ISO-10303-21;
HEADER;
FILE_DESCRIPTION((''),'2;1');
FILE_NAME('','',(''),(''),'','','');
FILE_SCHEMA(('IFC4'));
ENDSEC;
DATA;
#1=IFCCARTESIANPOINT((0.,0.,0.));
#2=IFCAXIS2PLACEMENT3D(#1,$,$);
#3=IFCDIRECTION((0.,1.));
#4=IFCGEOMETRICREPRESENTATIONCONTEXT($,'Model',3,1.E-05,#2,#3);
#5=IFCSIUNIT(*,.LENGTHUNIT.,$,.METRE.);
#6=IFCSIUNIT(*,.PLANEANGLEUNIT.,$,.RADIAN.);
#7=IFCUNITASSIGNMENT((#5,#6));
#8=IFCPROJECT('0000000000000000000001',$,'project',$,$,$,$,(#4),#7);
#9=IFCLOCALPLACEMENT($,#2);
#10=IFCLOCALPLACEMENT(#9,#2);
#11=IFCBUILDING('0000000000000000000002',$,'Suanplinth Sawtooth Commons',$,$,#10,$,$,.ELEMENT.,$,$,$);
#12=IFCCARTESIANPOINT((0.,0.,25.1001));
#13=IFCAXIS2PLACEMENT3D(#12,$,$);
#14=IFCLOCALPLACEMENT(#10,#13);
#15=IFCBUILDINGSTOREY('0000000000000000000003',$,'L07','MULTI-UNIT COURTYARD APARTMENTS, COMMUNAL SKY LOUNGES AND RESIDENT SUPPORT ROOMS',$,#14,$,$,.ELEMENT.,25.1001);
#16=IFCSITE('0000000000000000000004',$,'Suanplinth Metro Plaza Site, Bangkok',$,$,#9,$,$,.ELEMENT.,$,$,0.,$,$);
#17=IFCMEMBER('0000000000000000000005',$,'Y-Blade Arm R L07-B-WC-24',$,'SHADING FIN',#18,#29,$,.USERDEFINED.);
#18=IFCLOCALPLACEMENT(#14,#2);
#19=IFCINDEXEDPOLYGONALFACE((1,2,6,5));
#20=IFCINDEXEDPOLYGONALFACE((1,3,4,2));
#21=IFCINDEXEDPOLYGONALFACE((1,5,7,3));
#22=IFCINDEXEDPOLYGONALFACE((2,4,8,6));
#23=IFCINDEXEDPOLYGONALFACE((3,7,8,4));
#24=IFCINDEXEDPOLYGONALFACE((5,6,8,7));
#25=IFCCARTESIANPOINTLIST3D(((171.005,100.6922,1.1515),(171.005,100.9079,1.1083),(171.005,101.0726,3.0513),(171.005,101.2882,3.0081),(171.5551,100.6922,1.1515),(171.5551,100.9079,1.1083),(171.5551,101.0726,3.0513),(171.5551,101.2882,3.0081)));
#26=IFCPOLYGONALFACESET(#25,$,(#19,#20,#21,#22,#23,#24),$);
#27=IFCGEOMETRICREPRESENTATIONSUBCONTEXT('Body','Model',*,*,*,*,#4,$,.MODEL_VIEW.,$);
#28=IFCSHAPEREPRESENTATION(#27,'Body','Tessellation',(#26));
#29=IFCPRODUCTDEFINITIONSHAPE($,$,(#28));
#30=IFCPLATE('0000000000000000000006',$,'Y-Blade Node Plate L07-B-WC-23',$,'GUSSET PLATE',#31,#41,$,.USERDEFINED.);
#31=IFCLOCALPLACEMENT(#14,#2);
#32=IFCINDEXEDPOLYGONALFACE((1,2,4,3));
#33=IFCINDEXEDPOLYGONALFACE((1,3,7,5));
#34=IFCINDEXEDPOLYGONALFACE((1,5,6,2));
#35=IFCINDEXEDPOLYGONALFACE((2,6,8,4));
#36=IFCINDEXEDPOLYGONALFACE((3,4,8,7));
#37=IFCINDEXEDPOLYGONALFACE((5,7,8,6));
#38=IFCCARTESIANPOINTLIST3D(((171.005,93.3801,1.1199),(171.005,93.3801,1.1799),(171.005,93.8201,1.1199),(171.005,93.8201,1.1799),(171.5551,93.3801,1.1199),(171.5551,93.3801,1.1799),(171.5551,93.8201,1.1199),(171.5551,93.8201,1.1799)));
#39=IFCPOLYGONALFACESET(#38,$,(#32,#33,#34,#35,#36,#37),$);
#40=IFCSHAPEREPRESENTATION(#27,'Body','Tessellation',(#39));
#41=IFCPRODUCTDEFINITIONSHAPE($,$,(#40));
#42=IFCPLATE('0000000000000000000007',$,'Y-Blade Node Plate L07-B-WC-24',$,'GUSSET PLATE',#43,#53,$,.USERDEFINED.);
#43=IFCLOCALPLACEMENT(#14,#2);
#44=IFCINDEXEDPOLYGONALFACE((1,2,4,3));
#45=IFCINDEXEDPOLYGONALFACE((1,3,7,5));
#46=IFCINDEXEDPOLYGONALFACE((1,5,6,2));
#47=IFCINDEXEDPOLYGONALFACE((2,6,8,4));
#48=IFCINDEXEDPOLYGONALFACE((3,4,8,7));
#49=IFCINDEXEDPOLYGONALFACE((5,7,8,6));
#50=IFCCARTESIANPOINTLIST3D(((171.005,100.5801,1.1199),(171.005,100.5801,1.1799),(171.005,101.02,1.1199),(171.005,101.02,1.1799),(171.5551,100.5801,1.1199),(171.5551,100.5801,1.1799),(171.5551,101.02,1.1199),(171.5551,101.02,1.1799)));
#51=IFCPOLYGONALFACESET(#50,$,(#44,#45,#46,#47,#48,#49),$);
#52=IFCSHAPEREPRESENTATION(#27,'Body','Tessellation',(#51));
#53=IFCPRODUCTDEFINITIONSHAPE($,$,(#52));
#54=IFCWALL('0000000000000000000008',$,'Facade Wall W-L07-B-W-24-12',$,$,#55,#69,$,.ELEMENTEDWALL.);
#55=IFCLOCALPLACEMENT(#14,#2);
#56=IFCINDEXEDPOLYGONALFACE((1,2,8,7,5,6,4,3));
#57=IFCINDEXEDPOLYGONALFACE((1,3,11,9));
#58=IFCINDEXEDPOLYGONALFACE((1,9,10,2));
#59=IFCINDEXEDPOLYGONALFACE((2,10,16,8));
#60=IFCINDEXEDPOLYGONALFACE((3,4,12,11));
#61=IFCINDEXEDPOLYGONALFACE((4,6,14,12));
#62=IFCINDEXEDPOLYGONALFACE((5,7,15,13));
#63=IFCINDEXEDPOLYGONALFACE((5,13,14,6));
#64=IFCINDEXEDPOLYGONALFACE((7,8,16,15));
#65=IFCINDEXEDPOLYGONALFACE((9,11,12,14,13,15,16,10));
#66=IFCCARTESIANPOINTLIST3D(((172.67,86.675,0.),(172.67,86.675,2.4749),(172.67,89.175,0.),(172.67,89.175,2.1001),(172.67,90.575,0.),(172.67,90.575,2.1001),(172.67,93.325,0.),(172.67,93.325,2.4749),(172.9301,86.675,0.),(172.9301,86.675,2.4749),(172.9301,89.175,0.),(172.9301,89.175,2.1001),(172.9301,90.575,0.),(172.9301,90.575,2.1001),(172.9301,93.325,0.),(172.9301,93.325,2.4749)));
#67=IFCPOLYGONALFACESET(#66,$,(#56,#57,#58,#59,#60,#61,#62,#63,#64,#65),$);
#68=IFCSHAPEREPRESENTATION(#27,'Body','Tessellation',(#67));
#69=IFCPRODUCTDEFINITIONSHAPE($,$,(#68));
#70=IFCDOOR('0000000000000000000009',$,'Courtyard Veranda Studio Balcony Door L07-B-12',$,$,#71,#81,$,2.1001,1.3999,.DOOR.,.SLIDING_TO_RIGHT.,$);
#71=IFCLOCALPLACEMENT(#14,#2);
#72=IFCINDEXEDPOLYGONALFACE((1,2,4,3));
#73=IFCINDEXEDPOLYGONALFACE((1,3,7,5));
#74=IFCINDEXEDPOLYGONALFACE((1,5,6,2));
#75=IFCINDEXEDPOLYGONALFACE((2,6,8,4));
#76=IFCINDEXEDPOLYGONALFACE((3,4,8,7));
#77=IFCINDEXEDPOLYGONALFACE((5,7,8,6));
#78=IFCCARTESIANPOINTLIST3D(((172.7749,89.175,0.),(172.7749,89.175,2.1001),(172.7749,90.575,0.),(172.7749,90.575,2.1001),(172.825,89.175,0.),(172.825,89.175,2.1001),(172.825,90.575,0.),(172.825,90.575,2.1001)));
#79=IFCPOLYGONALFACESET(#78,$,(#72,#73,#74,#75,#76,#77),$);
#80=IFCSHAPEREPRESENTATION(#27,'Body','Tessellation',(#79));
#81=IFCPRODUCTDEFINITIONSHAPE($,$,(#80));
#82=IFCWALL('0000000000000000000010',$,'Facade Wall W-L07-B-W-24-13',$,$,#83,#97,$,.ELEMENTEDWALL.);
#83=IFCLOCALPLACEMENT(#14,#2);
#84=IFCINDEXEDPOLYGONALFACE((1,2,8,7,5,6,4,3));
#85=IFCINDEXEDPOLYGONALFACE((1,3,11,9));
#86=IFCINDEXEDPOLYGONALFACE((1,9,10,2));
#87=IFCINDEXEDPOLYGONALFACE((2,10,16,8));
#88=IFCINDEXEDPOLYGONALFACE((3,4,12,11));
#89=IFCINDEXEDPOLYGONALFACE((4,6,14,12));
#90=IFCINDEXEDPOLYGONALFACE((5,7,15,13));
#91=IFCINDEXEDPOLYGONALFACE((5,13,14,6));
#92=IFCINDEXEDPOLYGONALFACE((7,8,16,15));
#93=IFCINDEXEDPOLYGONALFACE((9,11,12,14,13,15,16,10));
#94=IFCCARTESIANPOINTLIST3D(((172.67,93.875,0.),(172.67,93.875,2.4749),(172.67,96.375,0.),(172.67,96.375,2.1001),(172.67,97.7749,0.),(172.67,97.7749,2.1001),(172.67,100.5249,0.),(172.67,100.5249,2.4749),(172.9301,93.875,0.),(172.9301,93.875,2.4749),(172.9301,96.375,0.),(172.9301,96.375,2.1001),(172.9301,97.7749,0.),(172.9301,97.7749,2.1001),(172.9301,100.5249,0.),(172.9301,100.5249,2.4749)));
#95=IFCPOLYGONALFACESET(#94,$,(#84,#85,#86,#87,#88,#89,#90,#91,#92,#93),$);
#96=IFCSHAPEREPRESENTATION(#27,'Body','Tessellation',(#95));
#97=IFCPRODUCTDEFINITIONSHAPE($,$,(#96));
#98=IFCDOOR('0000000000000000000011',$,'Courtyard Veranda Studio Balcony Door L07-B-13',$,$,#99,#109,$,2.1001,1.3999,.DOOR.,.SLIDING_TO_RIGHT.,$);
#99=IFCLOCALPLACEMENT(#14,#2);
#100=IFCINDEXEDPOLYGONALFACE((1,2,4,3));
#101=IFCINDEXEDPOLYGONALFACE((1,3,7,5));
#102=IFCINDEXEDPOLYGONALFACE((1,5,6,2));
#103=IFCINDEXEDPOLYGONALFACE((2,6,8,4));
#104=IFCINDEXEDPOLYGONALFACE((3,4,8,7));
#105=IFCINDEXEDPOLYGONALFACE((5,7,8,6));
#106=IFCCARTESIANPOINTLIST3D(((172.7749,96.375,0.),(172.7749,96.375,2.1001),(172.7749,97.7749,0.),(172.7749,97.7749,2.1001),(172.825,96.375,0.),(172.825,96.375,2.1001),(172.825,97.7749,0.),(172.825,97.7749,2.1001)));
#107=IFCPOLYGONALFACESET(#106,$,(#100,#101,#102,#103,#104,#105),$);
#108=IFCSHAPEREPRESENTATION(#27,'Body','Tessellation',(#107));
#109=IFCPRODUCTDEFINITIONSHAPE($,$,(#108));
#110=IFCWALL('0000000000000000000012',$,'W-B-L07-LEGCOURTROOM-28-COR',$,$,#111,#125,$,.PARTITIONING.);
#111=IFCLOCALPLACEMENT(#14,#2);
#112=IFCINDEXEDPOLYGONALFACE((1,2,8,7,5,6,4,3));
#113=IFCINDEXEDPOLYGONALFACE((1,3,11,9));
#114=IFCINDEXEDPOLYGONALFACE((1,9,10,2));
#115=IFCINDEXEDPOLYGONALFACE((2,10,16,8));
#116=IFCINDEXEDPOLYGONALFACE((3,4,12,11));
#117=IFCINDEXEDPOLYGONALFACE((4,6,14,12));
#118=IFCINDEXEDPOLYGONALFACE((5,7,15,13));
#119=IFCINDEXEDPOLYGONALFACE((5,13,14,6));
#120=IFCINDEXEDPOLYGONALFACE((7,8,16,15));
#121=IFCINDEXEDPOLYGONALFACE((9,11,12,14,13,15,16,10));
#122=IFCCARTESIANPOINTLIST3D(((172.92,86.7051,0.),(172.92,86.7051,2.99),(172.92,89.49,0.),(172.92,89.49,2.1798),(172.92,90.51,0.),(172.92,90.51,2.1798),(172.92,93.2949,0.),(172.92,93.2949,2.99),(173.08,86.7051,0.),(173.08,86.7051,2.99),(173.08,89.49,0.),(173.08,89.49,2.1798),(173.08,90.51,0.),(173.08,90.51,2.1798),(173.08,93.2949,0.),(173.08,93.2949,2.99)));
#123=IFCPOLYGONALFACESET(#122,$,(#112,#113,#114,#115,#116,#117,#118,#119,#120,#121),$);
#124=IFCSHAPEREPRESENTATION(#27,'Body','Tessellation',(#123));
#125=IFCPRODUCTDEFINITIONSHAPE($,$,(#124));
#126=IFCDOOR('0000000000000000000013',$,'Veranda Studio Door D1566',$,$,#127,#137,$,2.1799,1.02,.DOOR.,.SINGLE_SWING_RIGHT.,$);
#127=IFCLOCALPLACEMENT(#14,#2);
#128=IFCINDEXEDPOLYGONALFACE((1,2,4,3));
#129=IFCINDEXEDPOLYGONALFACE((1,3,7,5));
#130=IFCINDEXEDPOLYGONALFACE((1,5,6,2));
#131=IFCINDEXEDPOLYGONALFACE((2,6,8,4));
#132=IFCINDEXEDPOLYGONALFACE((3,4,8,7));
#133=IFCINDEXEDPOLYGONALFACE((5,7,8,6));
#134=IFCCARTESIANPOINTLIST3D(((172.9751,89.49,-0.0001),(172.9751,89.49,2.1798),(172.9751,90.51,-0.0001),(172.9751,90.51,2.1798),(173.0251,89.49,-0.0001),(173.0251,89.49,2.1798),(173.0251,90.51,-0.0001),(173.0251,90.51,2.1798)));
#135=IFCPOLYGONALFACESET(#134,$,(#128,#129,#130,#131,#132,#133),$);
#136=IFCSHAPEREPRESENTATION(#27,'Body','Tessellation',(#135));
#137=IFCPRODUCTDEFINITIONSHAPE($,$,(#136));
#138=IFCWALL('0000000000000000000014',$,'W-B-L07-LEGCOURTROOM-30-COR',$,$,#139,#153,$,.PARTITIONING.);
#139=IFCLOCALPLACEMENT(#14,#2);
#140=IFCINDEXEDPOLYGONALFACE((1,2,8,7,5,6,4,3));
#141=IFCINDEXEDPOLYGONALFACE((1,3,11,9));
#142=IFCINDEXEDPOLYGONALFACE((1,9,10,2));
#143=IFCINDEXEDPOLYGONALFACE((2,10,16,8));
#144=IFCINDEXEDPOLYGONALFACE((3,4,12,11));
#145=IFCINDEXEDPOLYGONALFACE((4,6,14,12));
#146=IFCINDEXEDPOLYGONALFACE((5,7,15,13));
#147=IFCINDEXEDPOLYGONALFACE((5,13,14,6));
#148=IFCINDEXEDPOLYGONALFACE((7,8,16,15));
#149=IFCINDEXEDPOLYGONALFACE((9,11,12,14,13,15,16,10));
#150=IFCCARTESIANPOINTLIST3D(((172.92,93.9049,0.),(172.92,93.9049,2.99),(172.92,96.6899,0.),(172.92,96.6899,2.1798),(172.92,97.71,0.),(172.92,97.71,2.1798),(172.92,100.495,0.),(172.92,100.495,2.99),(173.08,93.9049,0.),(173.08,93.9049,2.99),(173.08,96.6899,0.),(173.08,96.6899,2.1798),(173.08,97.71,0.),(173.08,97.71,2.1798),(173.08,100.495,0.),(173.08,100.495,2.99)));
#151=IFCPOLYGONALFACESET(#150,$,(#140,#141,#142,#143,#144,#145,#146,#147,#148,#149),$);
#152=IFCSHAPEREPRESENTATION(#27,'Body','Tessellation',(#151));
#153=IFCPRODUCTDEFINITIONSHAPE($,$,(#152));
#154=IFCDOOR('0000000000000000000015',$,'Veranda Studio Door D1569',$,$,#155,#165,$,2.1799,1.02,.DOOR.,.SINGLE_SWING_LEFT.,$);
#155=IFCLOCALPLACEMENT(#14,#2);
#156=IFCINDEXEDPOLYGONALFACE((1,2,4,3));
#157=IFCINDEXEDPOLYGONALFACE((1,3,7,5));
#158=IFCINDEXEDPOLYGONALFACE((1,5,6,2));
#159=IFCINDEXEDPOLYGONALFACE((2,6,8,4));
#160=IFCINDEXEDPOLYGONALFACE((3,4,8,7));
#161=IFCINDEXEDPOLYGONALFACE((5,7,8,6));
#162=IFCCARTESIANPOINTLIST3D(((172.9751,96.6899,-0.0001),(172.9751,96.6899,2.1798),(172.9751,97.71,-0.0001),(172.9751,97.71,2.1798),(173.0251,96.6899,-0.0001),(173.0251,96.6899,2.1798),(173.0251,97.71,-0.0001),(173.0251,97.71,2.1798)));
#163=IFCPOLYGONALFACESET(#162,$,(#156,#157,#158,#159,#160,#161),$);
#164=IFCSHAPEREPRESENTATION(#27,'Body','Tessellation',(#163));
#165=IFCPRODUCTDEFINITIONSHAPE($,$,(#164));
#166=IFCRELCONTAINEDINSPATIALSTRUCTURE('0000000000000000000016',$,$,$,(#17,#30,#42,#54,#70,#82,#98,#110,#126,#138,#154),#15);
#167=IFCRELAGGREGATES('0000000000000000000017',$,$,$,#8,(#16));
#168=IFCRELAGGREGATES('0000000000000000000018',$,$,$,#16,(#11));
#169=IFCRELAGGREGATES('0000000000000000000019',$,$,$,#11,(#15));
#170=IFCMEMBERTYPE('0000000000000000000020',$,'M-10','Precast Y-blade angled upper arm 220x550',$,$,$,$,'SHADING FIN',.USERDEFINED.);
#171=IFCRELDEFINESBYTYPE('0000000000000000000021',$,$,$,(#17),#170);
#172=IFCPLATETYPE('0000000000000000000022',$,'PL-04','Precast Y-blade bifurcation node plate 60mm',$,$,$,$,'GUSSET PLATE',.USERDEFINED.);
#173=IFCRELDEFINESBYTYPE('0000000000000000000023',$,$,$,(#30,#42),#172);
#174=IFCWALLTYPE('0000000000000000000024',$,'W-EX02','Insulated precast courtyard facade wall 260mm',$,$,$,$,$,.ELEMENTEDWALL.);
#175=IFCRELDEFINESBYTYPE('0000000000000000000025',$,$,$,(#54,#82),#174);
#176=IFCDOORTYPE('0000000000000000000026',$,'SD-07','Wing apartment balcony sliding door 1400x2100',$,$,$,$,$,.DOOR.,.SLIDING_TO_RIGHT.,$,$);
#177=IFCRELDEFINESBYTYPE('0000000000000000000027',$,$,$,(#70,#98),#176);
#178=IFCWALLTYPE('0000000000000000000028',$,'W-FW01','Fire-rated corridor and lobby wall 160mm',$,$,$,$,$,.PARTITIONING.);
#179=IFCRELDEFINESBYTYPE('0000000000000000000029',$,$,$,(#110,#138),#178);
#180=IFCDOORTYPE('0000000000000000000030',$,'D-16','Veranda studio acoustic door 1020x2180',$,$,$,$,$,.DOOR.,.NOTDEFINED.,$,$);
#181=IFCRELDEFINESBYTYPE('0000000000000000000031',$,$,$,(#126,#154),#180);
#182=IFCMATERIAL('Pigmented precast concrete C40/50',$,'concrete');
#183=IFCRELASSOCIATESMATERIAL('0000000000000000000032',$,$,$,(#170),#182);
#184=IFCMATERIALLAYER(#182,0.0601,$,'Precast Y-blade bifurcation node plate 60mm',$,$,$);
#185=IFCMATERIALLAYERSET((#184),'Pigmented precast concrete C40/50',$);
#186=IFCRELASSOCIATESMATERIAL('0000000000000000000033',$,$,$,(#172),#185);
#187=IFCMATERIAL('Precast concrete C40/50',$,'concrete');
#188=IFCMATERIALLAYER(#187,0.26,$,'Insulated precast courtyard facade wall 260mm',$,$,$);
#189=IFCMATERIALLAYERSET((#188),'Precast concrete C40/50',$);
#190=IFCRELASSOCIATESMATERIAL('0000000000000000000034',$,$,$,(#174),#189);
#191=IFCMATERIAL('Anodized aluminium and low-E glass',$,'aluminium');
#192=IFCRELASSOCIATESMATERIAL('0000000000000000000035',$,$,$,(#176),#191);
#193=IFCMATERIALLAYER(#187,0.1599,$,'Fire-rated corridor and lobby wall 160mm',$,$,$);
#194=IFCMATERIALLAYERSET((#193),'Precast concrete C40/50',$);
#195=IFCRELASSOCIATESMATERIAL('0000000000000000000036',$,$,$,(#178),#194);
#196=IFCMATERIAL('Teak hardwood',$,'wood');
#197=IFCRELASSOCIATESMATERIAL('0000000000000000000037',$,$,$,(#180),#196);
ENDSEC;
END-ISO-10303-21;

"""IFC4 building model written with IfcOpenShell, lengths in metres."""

from ifc_helpers import new_model, si_unit, direction, frame, frame_2d, origin, origin_2d, place, context, subcontext, project, spatial, rectangle, extrude, material, layer, layer_set, material_profile, profile_set, type_object, element, fill, save


model = new_model("IFC4")

# Units and contexts
model_context = context("Model", 3, precision=1e-05, world=origin(), true_north=direction((0.0, 1.0)))
body_context = subcontext(model_context, "Body", "Model", "MODEL_VIEW")
ifc_project = project(units=[si_unit("LENGTHUNIT", "METRE"), si_unit("PLANEANGLEUNIT", "RADIAN")], contexts=[model_context])

# Site, building, storey
site_placement = place(None, origin())
site = spatial("IfcSite", under=ifc_project, at=site_placement, Name="Suanplinth Metro Plaza Site, Bangkok", CompositionType="ELEMENT", RefElevation=0.0)
building_placement = place(site_placement, origin())
building = spatial("IfcBuilding", under=site, at=building_placement, Name="Suanplinth Sawtooth Commons", CompositionType="ELEMENT")
storey_placement = place(building_placement, frame((0.0, 0.0, 25.1001)))
storey = spatial("IfcBuildingStorey", under=building, at=storey_placement, Name="L07", Description="MULTI-UNIT COURTYARD APARTMENTS, COMMUNAL SKY LOUNGES AND RESIDENT SUPPORT ROOMS", CompositionType="ELEMENT", Elevation=25.1001)

# Shared definitions
ifc_material_1 = material(Name="Precast concrete C40/50", Category="concrete")

# Member
ifc_material_2 = material(Name="Pigmented precast concrete C40/50", Category="concrete")
ifc_material_profile_1 = material_profile(ifc_material_2, rectangle(XDim=0.22, YDim=0.55, at=origin_2d()), Name="PC-FIN 220x550")
ifc_profile_set_1 = profile_set([ifc_material_profile_1], Name="Pigmented precast concrete C40/50")
member_type_1 = type_object("IfcMemberType", Name="M-10", Description="Precast Y-blade angled upper arm 220x550", ElementType="SHADING FIN", PredefinedType="USERDEFINED", material=ifc_profile_set_1)
member_1_placement = place(storey_placement, frame((171.28, 100.8, 1.1299), z_axis=(0.0, 0.19631, 0.980542), x_axis=(0.0, -0.980542, 0.19631)))
element("IfcMember", 1, at=member_1_placement, inside=storey, type_object=member_type_1, Name="Y-Blade Arm R L07-B-WC-24", ObjectType="SHADING FIN", PredefinedType="USERDEFINED", context=body_context, shape_type="SweptSolid", body=[
    extrude(rectangle(XDim=0.22, YDim=0.55, at=origin_2d()), origin(), (0.0, 0.0, 1.0), 1.9375),
])

# Plates
ifc_layer_1 = layer(ifc_material_2, 0.0601, Name="Precast Y-blade bifurcation node plate 60mm")
ifc_layer_set_1 = layer_set([ifc_layer_1], Name="Pigmented precast concrete C40/50")
plate_type = type_object("IfcPlateType", Name="PL-04", Description="Precast Y-blade bifurcation node plate 60mm", ElementType="GUSSET PLATE", PredefinedType="USERDEFINED", material=ifc_layer_set_1)
for number, where, z_axis, x_axis, name in (
    (2, (171.28, 93.6001, 1.1199), (0.0, 0.0, 1.0), (0.0, 1.0, 0.0), "Y-Blade Node Plate L07-B-WC-23"),
    (3, (171.28, 100.8, 1.1199), (0.0, 0.0, 1.0), (0.0, 1.0, 0.0), "Y-Blade Node Plate L07-B-WC-24"),
):
    element("IfcPlate", number, at=place(storey_placement, frame(where, z_axis=z_axis, x_axis=x_axis)), inside=storey, type_object=plate_type, Name=name, ObjectType="GUSSET PLATE", PredefinedType="USERDEFINED", context=body_context, shape_type="SweptSolid", body=[
        extrude(rectangle(XDim=0.4399, YDim=0.55, at=origin_2d()), origin(), (0.0, 0.0, 1.0), 0.0601),
    ])

# Walls, openings, doors
ifc_layer_2 = layer(ifc_material_1, 0.26, Name="Insulated precast courtyard facade wall 260mm")
ifc_layer_set_2 = layer_set([ifc_layer_2], Name="Precast concrete C40/50")
wall_type_1 = type_object("IfcWallType", Name="W-EX02", Description="Insulated precast courtyard facade wall 260mm", PredefinedType="ELEMENTEDWALL", material=ifc_layer_set_2)
wall_1_placement = place(storey_placement, frame((172.8, 86.675, 0.0), z_axis=(0.0, 0.0, 1.0), x_axis=(0.0, 1.0, 0.0)))
wall_1 = element("IfcWall", 4, at=wall_1_placement, inside=storey, type_object=wall_type_1, Name="Facade Wall W-L07-B-W-24-12", PredefinedType="ELEMENTEDWALL", context=body_context, shape_type="SweptSolid", body=[
    extrude(rectangle(XDim=6.6499, YDim=0.26, at=frame_2d((3.325, 0.0))), origin(), (0.0, 0.0, 1.0), 2.4749),
])
opening_1_placement = place(wall_1_placement, frame((2.5, 0.0, 0.0)))
opening_1 = element("IfcOpeningElement", 5, at=opening_1_placement, cuts=wall_1, PredefinedType="OPENING", context=body_context, shape_type="SweptSolid", body=[
    extrude(rectangle(XDim=1.3999, YDim=2.1001, at=frame_2d((0.7, 1.05))), frame((0.0, 0.145, 0.0), z_axis=(0.0, -1.0, 0.0), x_axis=(1.0, 0.0, 0.0)), (0.0, 0.0, 1.0), 0.2898),
])
ifc_material_3 = material(Name="Anodized aluminium and low-E glass", Category="aluminium")
door_type_1 = type_object("IfcDoorType", Name="SD-07", Description="Wing apartment balcony sliding door 1400x2100", OperationType="SLIDING_TO_RIGHT", PredefinedType="DOOR", material=ifc_material_3)
door_1_placement = place(opening_1_placement, frame((1.3999, 0.0, 0.0), z_axis=(0.0, 0.0, 1.0), x_axis=(-1.0, 0.0, 0.0)))
door_1 = element("IfcDoor", 6, at=door_1_placement, inside=storey, type_object=door_type_1, Name="Courtyard Veranda Studio Balcony Door L07-B-12", OperationType="SLIDING_TO_RIGHT", OverallHeight=2.1001, OverallWidth=1.3999, PredefinedType="DOOR", context=body_context, shape_type="SweptSolid", body=[
    extrude(rectangle(XDim=1.3999, YDim=2.1001, at=frame_2d((0.7, 1.05))), frame((0.0, 0.0249, 0.0), z_axis=(0.0, -1.0, 0.0), x_axis=(1.0, 0.0, 0.0)), (0.0, 0.0, 1.0), 0.05),
])
fill(opening_1, door_1)
wall_2_placement = place(storey_placement, frame((172.8, 93.875, 0.0), z_axis=(0.0, 0.0, 1.0), x_axis=(0.0, 1.0, 0.0)))
wall_2 = element("IfcWall", 7, at=wall_2_placement, inside=storey, type_object=wall_type_1, Name="Facade Wall W-L07-B-W-24-13", PredefinedType="ELEMENTEDWALL", context=body_context, shape_type="SweptSolid", body=[
    extrude(rectangle(XDim=6.6499, YDim=0.26, at=frame_2d((3.325, 0.0))), origin(), (0.0, 0.0, 1.0), 2.4749),
])
opening_2_placement = place(wall_2_placement, frame((2.5, 0.0, 0.0)))
opening_2 = element("IfcOpeningElement", 8, at=opening_2_placement, cuts=wall_2, PredefinedType="OPENING", context=body_context, shape_type="SweptSolid", body=[
    extrude(rectangle(XDim=1.3999, YDim=2.1001, at=frame_2d((0.7, 1.05))), frame((0.0, 0.145, 0.0), z_axis=(0.0, -1.0, 0.0), x_axis=(1.0, 0.0, 0.0)), (0.0, 0.0, 1.0), 0.2898),
])
door_2_placement = place(opening_2_placement, frame((1.3999, 0.0, 0.0), z_axis=(0.0, 0.0, 1.0), x_axis=(-1.0, 0.0, 0.0)))
door_2 = element("IfcDoor", 9, at=door_2_placement, inside=storey, type_object=door_type_1, Name="Courtyard Veranda Studio Balcony Door L07-B-13", OperationType="SLIDING_TO_RIGHT", OverallHeight=2.1001, OverallWidth=1.3999, PredefinedType="DOOR", context=body_context, shape_type="SweptSolid", body=[
    extrude(rectangle(XDim=1.3999, YDim=2.1001, at=frame_2d((0.7, 1.05))), frame((0.0, 0.0249, 0.0), z_axis=(0.0, -1.0, 0.0), x_axis=(1.0, 0.0, 0.0)), (0.0, 0.0, 1.0), 0.05),
])
fill(opening_2, door_2)
ifc_layer_3 = layer(ifc_material_1, 0.1599, Name="Fire-rated corridor and lobby wall 160mm")
ifc_layer_set_3 = layer_set([ifc_layer_3], Name="Precast concrete C40/50")
wall_type_2 = type_object("IfcWallType", Name="W-FW01", Description="Fire-rated corridor and lobby wall 160mm", PredefinedType="PARTITIONING", material=ifc_layer_set_3)
wall_3_placement = place(storey_placement, frame((173.0, 86.7051, 0.0), z_axis=(0.0, 0.0, 1.0), x_axis=(0.0, 1.0, 0.0)))
wall_3 = element("IfcWall", 10, at=wall_3_placement, inside=storey, type_object=wall_type_2, Name="W-B-L07-LEGCOURTROOM-28-COR", PredefinedType="PARTITIONING", context=body_context, shape_type="SweptSolid", body=[
    extrude(rectangle(XDim=6.5898, YDim=0.1599, at=frame_2d((3.2949, 0.0))), origin(), (0.0, 0.0, 1.0), 2.99),
])
opening_3_placement = place(wall_3_placement, frame((2.7849, 0.0, 0.0)))
opening_3 = element("IfcOpeningElement", 11, at=opening_3_placement, cuts=wall_3, PredefinedType="OPENING", context=body_context, shape_type="SweptSolid", body=[
    extrude(rectangle(XDim=1.02, YDim=2.1799, at=frame_2d((0.51, 1.0898))), frame((0.0, 0.0947, 0.0), z_axis=(0.0, -1.0, 0.0), x_axis=(1.0, 0.0, 0.0)), (0.0, 0.0, 1.0), 0.1897),
])
ifc_material_4 = material(Name="Teak hardwood", Category="wood")
door_type_2 = type_object("IfcDoorType", Name="D-16", Description="Veranda studio acoustic door 1020x2180", OperationType="NOTDEFINED", PredefinedType="DOOR", material=ifc_material_4)
door_3_placement = place(opening_3_placement, origin())
door_3 = element("IfcDoor", 12, at=door_3_placement, inside=storey, type_object=door_type_2, Name="Veranda Studio Door D1566", OperationType="SINGLE_SWING_RIGHT", OverallHeight=2.1799, OverallWidth=1.02, PredefinedType="DOOR", context=body_context, shape_type="SweptSolid", body=[
    extrude(rectangle(XDim=1.02, YDim=2.1799, at=frame_2d((0.51, 1.0898))), frame((0.0, 0.0249, 0.0), z_axis=(0.0, -1.0, 0.0), x_axis=(1.0, 0.0, 0.0)), (0.0, 0.0, 1.0), 0.05),
])
fill(opening_3, door_3)
wall_4_placement = place(storey_placement, frame((173.0, 93.905, 0.0), z_axis=(0.0, 0.0, 1.0), x_axis=(0.0, 1.0, 0.0)))
wall_4 = element("IfcWall", 13, at=wall_4_placement, inside=storey, type_object=wall_type_2, Name="W-B-L07-LEGCOURTROOM-30-COR", PredefinedType="PARTITIONING", context=body_context, shape_type="SweptSolid", body=[
    extrude(rectangle(XDim=6.5901, YDim=0.1599, at=frame_2d((3.2949, 0.0))), origin(), (0.0, 0.0, 1.0), 2.99),
])
opening_4_placement = place(wall_4_placement, frame((2.7849, 0.0, 0.0)))
opening_4 = element("IfcOpeningElement", 14, at=opening_4_placement, cuts=wall_4, PredefinedType="OPENING", context=body_context, shape_type="SweptSolid", body=[
    extrude(rectangle(XDim=1.02, YDim=2.1799, at=frame_2d((0.51, 1.0898))), frame((0.0, 0.0947, 0.0), z_axis=(0.0, -1.0, 0.0), x_axis=(1.0, 0.0, 0.0)), (0.0, 0.0, 1.0), 0.1897),
])
door_4_placement = place(opening_4_placement, origin())
door_4 = element("IfcDoor", 15, at=door_4_placement, inside=storey, type_object=door_type_2, Name="Veranda Studio Door D1569", OperationType="SINGLE_SWING_LEFT", OverallHeight=2.1799, OverallWidth=1.02, PredefinedType="DOOR", context=body_context, shape_type="SweptSolid", body=[
    extrude(rectangle(XDim=1.02, YDim=2.1799, at=frame_2d((0.51, 1.0898))), frame((0.0, 0.0249, 0.0), z_axis=(0.0, -1.0, 0.0), x_axis=(1.0, 0.0, 0.0)), (0.0, 0.0, 1.0), 0.05),
])
fill(opening_4, door_4)

save(model, "model.ifc")
